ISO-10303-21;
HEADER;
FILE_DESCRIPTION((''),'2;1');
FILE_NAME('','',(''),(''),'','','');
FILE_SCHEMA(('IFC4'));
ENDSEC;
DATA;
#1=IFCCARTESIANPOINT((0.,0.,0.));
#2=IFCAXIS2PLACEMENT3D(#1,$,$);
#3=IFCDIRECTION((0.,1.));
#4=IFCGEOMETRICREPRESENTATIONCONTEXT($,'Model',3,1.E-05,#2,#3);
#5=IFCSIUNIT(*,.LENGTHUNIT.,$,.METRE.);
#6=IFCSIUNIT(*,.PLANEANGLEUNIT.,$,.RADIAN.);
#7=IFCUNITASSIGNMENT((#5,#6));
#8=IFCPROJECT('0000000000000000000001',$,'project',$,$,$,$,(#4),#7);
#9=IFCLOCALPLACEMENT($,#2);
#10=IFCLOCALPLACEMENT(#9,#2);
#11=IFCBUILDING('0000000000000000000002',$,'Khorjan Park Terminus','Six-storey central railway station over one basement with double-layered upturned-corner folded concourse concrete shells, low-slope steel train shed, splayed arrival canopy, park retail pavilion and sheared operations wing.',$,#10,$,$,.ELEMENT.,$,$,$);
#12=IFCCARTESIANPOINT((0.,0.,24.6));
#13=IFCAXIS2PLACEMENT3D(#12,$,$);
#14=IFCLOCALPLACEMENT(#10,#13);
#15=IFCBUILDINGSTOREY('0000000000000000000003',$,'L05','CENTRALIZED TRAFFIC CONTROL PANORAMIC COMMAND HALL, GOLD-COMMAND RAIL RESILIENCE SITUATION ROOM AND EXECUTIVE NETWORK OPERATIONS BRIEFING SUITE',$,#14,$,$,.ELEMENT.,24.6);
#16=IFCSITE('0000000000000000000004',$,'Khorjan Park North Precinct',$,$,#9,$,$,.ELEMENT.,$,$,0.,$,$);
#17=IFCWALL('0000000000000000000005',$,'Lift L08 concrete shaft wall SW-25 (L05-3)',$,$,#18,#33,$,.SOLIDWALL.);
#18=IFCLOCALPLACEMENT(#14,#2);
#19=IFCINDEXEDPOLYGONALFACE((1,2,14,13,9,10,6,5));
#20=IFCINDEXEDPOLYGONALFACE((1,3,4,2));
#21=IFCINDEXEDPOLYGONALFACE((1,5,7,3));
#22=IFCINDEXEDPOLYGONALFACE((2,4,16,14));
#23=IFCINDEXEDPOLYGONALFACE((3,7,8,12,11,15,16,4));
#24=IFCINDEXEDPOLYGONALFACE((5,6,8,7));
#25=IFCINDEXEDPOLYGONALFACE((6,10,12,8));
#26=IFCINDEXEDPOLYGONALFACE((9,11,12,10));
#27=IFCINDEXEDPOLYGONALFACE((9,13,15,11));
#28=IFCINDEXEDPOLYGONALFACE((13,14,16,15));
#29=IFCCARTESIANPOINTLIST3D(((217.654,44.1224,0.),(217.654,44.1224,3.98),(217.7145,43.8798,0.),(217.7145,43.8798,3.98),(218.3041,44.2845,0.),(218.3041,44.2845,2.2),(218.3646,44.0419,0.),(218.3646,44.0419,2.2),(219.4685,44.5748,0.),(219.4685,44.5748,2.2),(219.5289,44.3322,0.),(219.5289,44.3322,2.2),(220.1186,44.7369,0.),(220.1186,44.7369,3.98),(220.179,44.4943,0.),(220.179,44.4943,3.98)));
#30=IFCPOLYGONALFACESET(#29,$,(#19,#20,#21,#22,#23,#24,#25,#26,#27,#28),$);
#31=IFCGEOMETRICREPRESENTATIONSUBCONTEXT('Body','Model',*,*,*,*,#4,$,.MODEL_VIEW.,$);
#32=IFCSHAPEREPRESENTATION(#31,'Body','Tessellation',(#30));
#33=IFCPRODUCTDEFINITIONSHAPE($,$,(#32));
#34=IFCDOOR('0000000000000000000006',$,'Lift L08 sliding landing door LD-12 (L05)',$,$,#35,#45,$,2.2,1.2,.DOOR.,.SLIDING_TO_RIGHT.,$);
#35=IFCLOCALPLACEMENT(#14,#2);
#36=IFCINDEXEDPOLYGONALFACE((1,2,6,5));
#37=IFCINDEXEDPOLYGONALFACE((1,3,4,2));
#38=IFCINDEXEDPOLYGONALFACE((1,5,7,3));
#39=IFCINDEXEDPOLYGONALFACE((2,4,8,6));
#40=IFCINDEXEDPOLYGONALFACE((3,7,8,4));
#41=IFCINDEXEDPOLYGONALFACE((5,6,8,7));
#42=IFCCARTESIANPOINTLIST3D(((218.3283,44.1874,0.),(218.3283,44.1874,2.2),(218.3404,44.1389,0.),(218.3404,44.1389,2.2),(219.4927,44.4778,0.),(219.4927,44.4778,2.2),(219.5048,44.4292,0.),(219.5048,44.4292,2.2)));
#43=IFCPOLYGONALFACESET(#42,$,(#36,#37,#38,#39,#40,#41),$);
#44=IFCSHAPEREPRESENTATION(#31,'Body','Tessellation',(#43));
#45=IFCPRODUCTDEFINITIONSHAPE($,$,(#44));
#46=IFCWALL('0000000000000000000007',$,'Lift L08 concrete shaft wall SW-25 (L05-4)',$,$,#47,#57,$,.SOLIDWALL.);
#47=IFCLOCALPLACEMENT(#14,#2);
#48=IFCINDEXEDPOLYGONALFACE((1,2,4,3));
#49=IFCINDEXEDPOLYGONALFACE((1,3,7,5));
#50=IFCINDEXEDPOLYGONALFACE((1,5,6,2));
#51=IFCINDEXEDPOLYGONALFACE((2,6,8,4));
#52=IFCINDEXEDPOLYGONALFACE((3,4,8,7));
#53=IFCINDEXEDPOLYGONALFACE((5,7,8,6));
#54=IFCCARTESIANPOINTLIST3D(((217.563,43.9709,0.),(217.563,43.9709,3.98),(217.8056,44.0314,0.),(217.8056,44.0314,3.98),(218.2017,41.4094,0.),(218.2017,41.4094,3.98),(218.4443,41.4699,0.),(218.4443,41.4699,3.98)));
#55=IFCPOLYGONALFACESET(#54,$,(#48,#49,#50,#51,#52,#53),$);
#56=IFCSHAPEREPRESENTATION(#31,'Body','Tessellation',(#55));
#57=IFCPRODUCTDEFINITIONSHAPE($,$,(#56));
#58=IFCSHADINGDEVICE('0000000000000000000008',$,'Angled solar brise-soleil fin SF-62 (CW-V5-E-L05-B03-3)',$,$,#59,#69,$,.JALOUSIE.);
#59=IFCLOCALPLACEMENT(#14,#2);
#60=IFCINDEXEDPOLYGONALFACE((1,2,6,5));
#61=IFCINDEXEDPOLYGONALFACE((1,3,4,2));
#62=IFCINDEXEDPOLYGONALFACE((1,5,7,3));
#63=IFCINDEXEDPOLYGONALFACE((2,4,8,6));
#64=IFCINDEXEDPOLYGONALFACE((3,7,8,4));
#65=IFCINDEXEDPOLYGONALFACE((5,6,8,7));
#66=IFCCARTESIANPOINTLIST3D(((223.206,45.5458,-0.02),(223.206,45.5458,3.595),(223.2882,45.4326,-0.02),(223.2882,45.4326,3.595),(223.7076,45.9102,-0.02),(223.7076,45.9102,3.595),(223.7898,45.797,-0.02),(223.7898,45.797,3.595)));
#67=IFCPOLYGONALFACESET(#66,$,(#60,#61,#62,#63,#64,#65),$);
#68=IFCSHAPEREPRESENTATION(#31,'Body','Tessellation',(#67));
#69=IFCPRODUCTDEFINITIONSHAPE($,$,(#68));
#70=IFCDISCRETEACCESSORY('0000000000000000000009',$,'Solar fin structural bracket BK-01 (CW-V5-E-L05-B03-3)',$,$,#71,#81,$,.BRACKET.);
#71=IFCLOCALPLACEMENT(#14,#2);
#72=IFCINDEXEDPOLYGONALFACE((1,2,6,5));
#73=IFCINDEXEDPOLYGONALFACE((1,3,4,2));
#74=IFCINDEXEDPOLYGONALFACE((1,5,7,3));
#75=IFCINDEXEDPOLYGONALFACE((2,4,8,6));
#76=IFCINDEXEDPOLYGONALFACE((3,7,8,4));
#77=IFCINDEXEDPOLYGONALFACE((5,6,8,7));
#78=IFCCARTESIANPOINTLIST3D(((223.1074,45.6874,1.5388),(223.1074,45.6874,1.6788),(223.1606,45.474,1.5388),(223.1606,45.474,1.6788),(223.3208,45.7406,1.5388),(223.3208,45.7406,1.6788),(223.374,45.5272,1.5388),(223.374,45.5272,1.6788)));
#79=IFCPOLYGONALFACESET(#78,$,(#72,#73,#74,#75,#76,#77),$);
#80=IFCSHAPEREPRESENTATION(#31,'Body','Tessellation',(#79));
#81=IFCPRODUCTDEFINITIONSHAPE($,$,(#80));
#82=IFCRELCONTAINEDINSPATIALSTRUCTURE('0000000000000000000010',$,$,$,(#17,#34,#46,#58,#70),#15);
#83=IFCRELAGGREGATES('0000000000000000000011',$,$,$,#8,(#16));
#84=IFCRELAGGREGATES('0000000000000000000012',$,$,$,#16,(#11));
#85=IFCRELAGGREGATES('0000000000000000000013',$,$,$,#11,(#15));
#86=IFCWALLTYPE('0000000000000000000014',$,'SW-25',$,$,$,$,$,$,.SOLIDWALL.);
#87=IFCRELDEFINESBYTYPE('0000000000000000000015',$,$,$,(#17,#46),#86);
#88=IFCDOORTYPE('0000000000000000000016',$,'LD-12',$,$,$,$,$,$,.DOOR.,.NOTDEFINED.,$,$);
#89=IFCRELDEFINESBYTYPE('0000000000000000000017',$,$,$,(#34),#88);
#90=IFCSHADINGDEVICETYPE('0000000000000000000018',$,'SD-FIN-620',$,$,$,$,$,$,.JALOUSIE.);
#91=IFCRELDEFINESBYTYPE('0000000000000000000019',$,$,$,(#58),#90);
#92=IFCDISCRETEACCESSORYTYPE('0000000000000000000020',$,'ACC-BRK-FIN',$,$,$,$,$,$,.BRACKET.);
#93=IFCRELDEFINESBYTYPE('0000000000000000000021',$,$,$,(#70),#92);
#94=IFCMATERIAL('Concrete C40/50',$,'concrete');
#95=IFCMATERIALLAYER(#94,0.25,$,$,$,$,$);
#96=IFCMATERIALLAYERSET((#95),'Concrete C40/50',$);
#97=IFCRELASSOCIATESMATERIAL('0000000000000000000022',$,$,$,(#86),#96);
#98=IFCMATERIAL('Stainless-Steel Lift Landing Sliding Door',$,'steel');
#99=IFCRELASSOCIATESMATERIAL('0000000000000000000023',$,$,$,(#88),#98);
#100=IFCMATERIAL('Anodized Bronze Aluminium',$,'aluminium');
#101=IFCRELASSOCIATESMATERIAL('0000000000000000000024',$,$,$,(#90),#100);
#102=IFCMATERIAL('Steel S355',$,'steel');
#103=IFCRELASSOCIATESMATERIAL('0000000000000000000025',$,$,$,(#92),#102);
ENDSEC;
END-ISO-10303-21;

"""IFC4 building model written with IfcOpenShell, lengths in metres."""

from ifc_helpers import new_model, si_unit, direction, frame, frame_2d, origin, origin_2d, place, context, subcontext, project, spatial, rectangle, extrude, material, layer, layer_set, type_object, element, fill, save


model = new_model("IFC4")

# Units and contexts
model_context = context("Model", 3, precision=1e-05, world=origin(), true_north=direction((0.0, 1.0)))
body_context = subcontext(model_context, "Body", "Model", "MODEL_VIEW")
ifc_project = project(units=[si_unit("LENGTHUNIT", "METRE"), si_unit("PLANEANGLEUNIT", "RADIAN")], contexts=[model_context])

# Site, building, storey
site_placement = place(None, origin())
site = spatial("IfcSite", under=ifc_project, at=site_placement, Name="Khorjan Park North Precinct", CompositionType="ELEMENT", RefElevation=0.0)
building_placement = place(site_placement, origin())
building = spatial("IfcBuilding", under=site, at=building_placement, Name="Khorjan Park Terminus", Description="Six-storey central railway station over one basement with double-layered upturned-corner folded concourse concrete shells, low-slope steel train shed, splayed arrival canopy, park retail pavilion and sheared operations wing.", CompositionType="ELEMENT")
storey_placement = place(building_placement, frame((0.0, 0.0, 24.6)))
storey = spatial("IfcBuildingStorey", under=building, at=storey_placement, Name="L05", Description="CENTRALIZED TRAFFIC CONTROL PANORAMIC COMMAND HALL, GOLD-COMMAND RAIL RESILIENCE SITUATION ROOM AND EXECUTIVE NETWORK OPERATIONS BRIEFING SUITE", CompositionType="ELEMENT", Elevation=24.6)

# Shared definitions
ifc_material_1 = material(Name="Steel S355", Category="steel")

# Shared definitions
ifc_material_2 = material(Name="Anodized Bronze Aluminium", Category="aluminium")

# Shared definitions
ifc_material_3 = material(Name="Concrete C40/50", Category="concrete")
ifc_layer_1 = layer(ifc_material_3, 0.25)
ifc_layer_set_1 = layer_set([ifc_layer_1], Name="Concrete C40/50")
wall_type_1 = type_object("IfcWallType", Name="SW-25", PredefinedType="SOLIDWALL", material=ifc_layer_set_1)
ifc_material_4 = material(Name="Stainless-Steel Lift Landing Sliding Door", Category="steel")
door_type_1 = type_object("IfcDoorType", Name="LD-12", OperationType="NOTDEFINED", PredefinedType="DOOR", material=ifc_material_4)

# Wall, opening, door
wall_1_placement = place(storey_placement, frame((220.1488, 44.6156, 0.0), z_axis=(0.0, 0.0, 1.0), x_axis=(-0.970293, -0.241933, 0.0)))
wall_1 = element("IfcWall", 1, at=wall_1_placement, inside=storey, type_object=wall_type_1, Name="Lift L08 concrete shaft wall SW-25 (L05-3)", PredefinedType="SOLIDWALL", context=body_context, shape_type="SweptSolid", body=[
    extrude(rectangle(XDim=2.54, YDim=0.25, at=frame_2d((1.27, 0.0))), origin(), (0.0, 0.0, 1.0), 3.98),
])
opening_1_placement = place(wall_1_placement, frame((0.67, 0.0, 0.0)))
opening_1 = element("IfcOpeningElement", 2, at=opening_1_placement, cuts=wall_1, PredefinedType="OPENING", context=body_context, shape_type="SweptSolid", body=[
    extrude(rectangle(XDim=1.2, YDim=2.2, at=frame_2d((0.6, 1.1))), frame((0.0, 0.135, 0.0), z_axis=(0.0, -1.0, 0.0), x_axis=(1.0, 0.0, 0.0)), (0.0, 0.0, 1.0), 0.27),
])
door_1_placement = place(opening_1_placement, origin())
door_1 = element("IfcDoor", 3, at=door_1_placement, inside=storey, type_object=door_type_1, Name="Lift L08 sliding landing door LD-12 (L05)", OperationType="SLIDING_TO_RIGHT", OverallHeight=2.2, OverallWidth=1.2, PredefinedType="DOOR", context=body_context, shape_type="SweptSolid", body=[
    extrude(rectangle(XDim=1.2, YDim=2.2, at=frame_2d((0.6, 1.1))), frame((0.0, 0.025, 0.0), z_axis=(0.0, -1.0, 0.0), x_axis=(1.0, 0.0, 0.0)), (0.0, 0.0, 1.0), 0.05),
])
fill(opening_1, door_1)

# Wall
wall_2_placement = place(storey_placement, frame((217.6843, 44.0011, 0.0), z_axis=(0.0, 0.0, 1.0), x_axis=(0.241938, -0.970292, 0.0)))
element("IfcWall", 4, at=wall_2_placement, inside=storey, type_object=wall_type_1, Name="Lift L08 concrete shaft wall SW-25 (L05-4)", PredefinedType="SOLIDWALL", context=body_context, shape_type="SweptSolid", body=[
    extrude(rectangle(XDim=2.6399, YDim=0.25, at=frame_2d((1.3199, 0.0))), origin(), (0.0, 0.0, 1.0), 3.98),
])

# Shading device
shading_device_type = type_object("IfcShadingDeviceType", Name="SD-FIN-620", PredefinedType="JALOUSIE", material=ifc_material_2)
shading_device_placement = place(storey_placement, frame((223.4979, 45.6714, -0.02), z_axis=(0.0, 0.0, 1.0), x_axis=(-0.809017, -0.587785, 0.0)))
element("IfcShadingDevice", 5, at=shading_device_placement, inside=storey, type_object=shading_device_type, Name="Angled solar brise-soleil fin SF-62 (CW-V5-E-L05-B03-3)", PredefinedType="JALOUSIE", context=body_context, shape_type="SweptSolid", body=[
    extrude(rectangle(XDim=0.62, YDim=0.14, at=origin_2d()), origin(), (0.0, 0.0, 1.0), 3.615),
])

# Discrete accessory
discrete_accessory_type = type_object("IfcDiscreteAccessoryType", Name="ACC-BRK-FIN", PredefinedType="BRACKET", material=ifc_material_1)
discrete_accessory_placement = place(storey_placement, frame((223.2407, 45.6073, 1.5388), z_axis=(0.0, 0.0, 1.0), x_axis=(-0.241923, 0.970295, 0.0)))
element("IfcDiscreteAccessory", 6, at=discrete_accessory_placement, inside=storey, type_object=discrete_accessory_type, Name="Solar fin structural bracket BK-01 (CW-V5-E-L05-B03-3)", PredefinedType="BRACKET", context=body_context, shape_type="SweptSolid", body=[
    extrude(rectangle(XDim=0.22, YDim=0.22, at=origin_2d()), origin(), (0.0, 0.0, 1.0), 0.14),
])

save(model, "model.ifc")
